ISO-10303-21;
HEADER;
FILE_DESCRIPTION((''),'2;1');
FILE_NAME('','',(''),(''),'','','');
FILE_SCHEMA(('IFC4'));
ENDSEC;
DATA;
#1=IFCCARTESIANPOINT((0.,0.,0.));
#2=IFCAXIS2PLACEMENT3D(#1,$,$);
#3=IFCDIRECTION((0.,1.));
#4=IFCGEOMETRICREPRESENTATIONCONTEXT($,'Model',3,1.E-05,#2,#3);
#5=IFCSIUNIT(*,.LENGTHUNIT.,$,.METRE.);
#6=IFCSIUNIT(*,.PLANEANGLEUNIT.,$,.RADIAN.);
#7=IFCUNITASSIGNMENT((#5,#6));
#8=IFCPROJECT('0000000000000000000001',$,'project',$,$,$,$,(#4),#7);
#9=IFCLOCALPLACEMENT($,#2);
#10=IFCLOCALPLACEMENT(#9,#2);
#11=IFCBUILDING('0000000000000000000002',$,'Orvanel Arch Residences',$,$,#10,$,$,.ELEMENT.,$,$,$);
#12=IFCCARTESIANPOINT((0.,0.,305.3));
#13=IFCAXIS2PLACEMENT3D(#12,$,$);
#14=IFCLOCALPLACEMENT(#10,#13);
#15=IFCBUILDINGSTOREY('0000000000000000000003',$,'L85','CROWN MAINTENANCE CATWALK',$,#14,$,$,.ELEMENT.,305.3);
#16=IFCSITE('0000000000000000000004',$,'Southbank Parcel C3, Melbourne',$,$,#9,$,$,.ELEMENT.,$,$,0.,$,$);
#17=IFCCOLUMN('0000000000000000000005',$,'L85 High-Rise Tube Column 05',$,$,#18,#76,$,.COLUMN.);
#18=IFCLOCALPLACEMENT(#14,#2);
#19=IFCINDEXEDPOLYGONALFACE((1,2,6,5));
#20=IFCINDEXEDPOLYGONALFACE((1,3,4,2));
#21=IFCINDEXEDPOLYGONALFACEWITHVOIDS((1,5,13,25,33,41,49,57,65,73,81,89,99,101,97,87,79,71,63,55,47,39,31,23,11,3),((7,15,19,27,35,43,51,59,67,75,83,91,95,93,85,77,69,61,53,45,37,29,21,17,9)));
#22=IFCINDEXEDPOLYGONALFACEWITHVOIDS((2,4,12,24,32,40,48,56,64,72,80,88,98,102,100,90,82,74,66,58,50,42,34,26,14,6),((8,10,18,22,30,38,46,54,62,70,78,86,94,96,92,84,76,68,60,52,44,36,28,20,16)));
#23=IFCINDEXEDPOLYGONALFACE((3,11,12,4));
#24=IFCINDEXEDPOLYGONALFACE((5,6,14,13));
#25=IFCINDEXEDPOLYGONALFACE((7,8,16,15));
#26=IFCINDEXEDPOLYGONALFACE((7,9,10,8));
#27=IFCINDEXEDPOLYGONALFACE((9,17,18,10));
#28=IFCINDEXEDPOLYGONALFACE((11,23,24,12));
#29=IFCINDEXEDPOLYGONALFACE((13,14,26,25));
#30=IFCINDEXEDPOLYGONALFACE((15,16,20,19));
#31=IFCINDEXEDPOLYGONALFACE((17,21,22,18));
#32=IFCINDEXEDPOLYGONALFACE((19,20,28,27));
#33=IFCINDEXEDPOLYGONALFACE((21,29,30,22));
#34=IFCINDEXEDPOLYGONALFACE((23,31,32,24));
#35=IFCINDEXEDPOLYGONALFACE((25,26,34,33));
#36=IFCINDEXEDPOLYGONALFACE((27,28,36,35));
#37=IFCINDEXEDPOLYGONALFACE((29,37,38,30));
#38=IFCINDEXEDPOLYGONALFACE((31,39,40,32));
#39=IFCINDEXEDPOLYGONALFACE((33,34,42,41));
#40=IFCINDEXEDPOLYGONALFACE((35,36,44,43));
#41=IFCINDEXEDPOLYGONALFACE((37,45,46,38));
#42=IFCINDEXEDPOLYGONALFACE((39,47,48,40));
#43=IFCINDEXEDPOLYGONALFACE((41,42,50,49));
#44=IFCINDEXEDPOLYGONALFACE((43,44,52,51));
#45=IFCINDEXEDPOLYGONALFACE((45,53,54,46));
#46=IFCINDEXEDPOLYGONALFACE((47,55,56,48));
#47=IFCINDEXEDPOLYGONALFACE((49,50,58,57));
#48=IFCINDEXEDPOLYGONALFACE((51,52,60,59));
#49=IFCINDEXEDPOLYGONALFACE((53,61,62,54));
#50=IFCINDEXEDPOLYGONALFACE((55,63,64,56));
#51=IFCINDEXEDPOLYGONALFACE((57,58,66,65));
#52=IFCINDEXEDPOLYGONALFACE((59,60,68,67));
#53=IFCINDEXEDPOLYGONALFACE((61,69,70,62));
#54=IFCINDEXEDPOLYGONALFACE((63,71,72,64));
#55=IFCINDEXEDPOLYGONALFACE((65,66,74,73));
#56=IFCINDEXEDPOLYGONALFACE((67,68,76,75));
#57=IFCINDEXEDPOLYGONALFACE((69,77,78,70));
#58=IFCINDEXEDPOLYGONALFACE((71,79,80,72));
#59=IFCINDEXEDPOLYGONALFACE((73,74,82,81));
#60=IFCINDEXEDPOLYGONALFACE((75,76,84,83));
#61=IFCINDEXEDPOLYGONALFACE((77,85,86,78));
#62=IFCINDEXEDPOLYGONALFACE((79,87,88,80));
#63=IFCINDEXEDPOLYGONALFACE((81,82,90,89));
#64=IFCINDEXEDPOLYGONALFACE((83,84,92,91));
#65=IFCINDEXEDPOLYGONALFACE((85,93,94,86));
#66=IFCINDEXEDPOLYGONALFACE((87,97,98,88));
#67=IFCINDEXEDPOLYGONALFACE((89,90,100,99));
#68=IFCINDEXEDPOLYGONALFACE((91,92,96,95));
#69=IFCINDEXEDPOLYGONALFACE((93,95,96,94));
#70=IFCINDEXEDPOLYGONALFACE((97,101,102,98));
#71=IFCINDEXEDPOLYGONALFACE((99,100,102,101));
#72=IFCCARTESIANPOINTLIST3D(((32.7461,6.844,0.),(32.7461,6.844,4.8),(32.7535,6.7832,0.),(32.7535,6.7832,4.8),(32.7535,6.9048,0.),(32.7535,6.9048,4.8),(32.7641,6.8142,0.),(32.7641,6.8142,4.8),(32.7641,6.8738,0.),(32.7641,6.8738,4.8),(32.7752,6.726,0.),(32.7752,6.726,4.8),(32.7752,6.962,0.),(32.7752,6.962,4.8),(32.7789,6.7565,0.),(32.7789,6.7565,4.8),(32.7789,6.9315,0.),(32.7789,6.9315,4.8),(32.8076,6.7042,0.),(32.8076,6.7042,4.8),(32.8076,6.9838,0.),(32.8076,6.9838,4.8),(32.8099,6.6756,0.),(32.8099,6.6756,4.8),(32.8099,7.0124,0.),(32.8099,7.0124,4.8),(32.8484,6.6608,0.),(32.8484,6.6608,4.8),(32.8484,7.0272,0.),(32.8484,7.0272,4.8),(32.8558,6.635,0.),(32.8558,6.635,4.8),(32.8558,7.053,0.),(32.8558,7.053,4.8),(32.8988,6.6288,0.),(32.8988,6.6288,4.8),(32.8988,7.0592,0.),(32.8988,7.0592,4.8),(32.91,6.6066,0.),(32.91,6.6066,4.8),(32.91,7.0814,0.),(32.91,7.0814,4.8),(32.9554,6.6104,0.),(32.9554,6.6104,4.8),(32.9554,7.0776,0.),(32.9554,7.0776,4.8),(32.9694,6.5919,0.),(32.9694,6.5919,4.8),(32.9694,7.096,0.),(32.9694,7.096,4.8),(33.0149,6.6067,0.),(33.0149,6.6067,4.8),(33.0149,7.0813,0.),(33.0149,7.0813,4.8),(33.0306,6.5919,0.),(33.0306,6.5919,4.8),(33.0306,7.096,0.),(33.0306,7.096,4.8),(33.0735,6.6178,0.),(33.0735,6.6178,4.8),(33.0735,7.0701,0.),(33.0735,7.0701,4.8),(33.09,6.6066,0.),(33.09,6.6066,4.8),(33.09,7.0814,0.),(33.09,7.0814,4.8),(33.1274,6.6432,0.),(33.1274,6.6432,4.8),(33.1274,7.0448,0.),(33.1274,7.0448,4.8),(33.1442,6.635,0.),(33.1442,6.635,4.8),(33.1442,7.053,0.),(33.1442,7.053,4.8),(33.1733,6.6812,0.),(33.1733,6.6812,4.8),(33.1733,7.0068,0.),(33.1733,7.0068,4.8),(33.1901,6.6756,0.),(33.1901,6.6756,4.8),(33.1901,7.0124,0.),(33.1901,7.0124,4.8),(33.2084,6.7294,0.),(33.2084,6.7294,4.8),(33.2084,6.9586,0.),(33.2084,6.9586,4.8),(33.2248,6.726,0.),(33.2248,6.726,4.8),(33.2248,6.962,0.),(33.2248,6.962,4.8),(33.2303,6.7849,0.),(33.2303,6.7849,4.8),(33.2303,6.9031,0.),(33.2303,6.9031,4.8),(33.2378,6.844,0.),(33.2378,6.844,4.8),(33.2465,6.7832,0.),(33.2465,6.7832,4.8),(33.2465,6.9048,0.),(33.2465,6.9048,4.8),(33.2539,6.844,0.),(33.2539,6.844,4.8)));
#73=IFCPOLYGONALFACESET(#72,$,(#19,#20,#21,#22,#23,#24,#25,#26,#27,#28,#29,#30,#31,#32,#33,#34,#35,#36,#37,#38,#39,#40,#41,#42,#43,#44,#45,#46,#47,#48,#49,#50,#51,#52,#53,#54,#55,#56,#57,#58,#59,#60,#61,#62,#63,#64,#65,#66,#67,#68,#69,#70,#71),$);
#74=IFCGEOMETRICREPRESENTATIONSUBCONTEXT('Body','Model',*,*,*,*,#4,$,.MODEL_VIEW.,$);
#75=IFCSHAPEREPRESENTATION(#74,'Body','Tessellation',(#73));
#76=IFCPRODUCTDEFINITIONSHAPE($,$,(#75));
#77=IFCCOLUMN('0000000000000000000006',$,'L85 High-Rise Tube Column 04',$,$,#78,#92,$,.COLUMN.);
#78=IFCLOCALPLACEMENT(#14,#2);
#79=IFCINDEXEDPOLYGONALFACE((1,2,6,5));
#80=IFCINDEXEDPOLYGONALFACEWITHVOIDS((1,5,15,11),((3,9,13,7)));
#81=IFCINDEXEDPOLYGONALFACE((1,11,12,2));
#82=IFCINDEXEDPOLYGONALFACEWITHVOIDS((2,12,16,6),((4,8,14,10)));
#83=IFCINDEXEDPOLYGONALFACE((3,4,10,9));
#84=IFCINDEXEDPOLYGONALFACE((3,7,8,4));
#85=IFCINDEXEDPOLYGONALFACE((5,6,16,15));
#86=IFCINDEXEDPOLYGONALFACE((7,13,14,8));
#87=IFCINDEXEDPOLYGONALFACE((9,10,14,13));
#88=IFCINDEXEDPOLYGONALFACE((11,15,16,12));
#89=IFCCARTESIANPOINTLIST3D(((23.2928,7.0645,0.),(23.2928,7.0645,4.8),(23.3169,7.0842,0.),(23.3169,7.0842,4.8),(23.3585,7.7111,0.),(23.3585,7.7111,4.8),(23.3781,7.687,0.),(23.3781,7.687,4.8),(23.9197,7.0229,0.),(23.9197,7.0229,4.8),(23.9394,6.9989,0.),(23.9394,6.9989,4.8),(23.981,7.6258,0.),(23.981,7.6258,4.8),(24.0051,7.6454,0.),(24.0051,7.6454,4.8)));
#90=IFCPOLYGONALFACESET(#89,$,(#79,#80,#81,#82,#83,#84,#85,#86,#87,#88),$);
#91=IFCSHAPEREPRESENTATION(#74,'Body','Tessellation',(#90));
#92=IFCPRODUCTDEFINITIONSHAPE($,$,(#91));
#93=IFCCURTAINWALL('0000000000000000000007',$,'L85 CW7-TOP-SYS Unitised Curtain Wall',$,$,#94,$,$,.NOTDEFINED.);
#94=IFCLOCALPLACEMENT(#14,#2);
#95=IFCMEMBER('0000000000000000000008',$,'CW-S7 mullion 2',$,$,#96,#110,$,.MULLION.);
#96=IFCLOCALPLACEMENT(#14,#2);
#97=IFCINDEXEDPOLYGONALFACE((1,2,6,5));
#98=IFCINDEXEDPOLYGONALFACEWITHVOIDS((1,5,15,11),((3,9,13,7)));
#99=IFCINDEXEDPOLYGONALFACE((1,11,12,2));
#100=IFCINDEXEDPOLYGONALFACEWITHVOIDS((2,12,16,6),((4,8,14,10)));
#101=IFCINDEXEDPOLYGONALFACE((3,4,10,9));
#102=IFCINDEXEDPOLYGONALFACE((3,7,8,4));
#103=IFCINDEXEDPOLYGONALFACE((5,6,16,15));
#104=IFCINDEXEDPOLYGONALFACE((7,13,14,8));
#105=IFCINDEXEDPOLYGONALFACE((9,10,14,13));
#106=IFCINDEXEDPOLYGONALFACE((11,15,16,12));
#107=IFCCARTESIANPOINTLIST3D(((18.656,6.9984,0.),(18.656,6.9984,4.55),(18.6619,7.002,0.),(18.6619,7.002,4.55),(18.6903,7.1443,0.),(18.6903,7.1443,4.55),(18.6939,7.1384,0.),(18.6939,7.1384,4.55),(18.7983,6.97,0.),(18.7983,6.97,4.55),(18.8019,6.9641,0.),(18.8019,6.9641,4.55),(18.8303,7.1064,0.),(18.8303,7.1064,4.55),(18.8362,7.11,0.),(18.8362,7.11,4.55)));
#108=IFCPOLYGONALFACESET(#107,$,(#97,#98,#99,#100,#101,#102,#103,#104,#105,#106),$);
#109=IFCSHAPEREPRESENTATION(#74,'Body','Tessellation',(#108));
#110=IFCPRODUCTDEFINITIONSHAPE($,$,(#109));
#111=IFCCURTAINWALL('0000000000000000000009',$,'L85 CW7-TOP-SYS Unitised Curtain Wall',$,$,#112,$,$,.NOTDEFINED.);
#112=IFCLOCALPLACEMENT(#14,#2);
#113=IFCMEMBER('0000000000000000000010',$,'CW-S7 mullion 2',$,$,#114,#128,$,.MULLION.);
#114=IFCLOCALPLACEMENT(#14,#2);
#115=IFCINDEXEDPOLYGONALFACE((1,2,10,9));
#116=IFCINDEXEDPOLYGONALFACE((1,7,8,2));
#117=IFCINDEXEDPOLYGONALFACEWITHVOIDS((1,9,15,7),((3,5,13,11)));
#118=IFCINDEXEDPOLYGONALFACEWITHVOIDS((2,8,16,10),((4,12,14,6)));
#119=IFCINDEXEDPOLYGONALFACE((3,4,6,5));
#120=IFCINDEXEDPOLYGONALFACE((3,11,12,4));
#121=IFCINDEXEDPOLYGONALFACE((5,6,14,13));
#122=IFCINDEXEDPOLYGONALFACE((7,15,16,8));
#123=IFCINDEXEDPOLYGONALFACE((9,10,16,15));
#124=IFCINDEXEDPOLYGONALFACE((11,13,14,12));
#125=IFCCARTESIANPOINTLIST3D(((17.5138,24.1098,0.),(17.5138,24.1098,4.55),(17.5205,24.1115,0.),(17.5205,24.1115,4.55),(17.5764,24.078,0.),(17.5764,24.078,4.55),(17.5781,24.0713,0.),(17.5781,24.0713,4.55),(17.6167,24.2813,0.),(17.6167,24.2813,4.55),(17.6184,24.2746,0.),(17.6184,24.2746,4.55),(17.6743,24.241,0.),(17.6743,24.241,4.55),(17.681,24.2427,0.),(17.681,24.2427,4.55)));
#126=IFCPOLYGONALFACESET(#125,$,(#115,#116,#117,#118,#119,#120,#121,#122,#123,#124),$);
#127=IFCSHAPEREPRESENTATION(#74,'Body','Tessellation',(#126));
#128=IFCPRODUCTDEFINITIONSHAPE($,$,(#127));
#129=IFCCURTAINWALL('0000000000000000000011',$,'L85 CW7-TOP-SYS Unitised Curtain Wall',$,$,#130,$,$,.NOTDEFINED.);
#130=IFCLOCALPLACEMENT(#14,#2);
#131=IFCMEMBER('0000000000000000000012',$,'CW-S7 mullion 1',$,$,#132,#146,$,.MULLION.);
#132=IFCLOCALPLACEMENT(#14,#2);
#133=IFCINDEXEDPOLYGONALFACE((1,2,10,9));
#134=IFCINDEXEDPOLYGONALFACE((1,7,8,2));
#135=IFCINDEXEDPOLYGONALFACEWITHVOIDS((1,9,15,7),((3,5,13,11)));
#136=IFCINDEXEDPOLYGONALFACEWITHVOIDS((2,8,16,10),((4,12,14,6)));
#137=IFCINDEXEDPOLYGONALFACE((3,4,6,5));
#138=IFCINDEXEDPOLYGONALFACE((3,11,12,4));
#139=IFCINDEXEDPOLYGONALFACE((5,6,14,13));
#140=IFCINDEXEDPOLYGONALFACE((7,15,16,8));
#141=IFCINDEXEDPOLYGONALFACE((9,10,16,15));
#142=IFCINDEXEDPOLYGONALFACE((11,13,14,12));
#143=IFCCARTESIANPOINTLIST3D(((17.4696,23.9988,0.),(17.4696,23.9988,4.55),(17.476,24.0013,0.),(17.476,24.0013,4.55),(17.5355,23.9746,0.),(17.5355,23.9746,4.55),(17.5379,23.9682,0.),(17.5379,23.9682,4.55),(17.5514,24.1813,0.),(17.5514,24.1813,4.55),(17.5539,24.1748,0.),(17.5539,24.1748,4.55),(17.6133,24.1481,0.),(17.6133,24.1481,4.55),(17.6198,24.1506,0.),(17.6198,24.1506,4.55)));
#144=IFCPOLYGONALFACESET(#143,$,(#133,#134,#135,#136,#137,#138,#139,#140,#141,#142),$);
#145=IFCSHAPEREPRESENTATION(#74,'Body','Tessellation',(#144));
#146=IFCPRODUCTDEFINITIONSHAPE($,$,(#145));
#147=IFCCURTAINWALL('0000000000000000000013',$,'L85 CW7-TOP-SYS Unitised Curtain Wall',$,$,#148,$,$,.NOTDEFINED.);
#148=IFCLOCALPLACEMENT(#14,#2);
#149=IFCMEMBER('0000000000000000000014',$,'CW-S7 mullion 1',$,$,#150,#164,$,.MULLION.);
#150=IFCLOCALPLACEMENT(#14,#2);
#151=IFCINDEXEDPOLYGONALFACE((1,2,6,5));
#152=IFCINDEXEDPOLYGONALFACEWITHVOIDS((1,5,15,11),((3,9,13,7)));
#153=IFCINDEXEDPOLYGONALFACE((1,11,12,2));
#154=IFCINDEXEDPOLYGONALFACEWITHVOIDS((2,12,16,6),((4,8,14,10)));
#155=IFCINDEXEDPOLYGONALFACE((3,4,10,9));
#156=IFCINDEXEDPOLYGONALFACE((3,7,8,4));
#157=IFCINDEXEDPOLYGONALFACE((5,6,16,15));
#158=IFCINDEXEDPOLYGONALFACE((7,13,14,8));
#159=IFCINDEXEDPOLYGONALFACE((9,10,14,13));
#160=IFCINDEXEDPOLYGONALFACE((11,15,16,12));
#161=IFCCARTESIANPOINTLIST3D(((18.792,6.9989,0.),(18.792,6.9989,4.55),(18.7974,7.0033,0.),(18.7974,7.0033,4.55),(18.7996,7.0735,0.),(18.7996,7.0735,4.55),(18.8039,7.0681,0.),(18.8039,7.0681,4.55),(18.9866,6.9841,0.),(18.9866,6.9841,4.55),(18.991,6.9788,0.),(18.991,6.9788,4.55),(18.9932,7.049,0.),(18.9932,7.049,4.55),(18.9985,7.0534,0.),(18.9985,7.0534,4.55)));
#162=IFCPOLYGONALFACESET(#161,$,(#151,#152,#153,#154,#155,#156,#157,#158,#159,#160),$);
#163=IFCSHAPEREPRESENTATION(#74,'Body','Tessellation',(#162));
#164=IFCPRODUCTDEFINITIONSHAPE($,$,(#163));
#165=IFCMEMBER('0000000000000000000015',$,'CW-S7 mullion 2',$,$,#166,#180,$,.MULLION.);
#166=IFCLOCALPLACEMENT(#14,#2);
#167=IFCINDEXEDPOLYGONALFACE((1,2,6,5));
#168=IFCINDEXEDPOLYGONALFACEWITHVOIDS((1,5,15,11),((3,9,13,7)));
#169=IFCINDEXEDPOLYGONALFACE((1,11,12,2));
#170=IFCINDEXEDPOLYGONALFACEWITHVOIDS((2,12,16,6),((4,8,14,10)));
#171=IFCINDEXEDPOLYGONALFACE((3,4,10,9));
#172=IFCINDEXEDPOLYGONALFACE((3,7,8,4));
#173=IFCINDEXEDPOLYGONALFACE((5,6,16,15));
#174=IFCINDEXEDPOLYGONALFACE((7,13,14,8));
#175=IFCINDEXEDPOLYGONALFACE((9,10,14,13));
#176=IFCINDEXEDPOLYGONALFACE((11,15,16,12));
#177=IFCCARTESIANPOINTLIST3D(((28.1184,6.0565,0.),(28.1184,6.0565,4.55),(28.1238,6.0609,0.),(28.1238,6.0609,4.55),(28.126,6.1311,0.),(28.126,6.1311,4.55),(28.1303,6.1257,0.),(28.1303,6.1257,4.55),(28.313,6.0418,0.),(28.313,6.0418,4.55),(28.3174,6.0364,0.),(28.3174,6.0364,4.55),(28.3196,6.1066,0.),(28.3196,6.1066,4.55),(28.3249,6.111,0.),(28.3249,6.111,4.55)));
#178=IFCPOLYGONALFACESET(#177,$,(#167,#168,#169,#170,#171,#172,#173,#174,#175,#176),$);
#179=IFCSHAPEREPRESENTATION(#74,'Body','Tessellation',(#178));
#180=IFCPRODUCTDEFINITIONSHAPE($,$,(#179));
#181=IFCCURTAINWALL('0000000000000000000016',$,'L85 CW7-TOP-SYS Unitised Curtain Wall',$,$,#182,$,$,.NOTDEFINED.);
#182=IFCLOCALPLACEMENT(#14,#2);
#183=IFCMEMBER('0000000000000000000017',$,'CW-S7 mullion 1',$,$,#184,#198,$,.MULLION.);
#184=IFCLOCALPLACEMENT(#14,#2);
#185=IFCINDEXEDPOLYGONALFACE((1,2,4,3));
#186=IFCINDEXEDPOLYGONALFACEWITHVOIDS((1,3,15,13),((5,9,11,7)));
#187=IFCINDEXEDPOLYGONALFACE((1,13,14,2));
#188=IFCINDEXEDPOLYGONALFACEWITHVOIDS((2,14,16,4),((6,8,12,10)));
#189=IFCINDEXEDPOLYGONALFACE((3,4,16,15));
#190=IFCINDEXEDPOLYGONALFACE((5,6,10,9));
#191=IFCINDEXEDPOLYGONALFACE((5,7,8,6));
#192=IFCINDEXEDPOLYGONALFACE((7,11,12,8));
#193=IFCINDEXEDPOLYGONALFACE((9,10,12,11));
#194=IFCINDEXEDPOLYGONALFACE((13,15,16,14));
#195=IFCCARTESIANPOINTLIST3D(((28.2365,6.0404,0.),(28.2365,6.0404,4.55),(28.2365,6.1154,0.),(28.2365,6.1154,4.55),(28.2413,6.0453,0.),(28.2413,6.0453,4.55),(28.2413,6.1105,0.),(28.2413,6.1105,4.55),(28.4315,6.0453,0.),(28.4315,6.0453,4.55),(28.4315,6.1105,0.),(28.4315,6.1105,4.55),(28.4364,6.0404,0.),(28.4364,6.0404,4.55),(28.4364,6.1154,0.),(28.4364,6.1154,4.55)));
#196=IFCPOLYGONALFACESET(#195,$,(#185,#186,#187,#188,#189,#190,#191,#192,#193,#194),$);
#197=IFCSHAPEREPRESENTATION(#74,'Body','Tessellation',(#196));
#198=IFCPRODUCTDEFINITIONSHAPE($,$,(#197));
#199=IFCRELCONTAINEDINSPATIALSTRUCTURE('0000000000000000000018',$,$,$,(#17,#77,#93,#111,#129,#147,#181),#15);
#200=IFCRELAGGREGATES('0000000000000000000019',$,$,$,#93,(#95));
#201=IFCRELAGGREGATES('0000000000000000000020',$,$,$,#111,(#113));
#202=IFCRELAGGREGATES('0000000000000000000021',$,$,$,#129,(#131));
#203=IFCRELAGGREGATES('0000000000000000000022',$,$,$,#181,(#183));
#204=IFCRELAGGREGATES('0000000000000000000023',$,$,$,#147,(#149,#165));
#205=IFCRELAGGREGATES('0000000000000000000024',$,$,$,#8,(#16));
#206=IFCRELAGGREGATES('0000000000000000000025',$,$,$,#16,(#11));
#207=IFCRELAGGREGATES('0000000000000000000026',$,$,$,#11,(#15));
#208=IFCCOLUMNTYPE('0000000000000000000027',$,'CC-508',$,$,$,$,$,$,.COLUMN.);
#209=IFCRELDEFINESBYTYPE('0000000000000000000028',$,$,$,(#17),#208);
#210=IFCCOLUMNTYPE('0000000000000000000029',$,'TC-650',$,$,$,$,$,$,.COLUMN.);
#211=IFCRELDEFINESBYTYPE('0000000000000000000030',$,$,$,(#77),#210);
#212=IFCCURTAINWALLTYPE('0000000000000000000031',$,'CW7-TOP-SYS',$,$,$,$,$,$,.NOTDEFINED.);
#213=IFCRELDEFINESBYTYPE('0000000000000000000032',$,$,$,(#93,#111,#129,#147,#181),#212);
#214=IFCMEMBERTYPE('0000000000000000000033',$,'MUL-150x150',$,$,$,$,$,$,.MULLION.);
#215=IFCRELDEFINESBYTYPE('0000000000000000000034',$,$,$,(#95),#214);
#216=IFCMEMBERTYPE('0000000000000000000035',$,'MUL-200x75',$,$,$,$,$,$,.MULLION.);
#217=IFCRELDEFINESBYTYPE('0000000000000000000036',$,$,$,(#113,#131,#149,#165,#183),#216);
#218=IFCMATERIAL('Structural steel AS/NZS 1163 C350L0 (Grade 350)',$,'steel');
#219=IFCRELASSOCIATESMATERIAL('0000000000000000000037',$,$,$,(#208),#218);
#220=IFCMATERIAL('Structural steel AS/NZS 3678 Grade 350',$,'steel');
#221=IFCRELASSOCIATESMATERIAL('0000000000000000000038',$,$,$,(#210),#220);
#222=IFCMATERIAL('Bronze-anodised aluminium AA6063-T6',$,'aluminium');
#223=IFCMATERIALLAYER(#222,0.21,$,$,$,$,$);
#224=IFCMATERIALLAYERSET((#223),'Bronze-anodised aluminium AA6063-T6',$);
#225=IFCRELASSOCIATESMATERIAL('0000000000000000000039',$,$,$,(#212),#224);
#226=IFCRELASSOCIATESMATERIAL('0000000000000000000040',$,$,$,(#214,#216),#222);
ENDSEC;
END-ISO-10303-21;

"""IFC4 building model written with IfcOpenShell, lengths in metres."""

from ifc_helpers import new_model, si_unit, direction, frame, origin, origin_2d, place, context, subcontext, project, spatial, hollow_rectangle, hollow_circle, extrude, material, layer, layer_set, material_profile, profile_set, type_object, element, aggregate, save


model = new_model("IFC4")

# Units and contexts
model_context = context("Model", 3, precision=1e-05, world=origin(), true_north=direction((0.0, 1.0)))
body_context = subcontext(model_context, "Body", "Model", "MODEL_VIEW")
ifc_project = project(units=[si_unit("LENGTHUNIT", "METRE"), si_unit("PLANEANGLEUNIT", "RADIAN")], contexts=[model_context])

# Site, building, storey
site_placement = place(None, origin())
site = spatial("IfcSite", under=ifc_project, at=site_placement, Name="Southbank Parcel C3, Melbourne", CompositionType="ELEMENT", RefElevation=0.0)
building_placement = place(site_placement, origin())
building = spatial("IfcBuilding", under=site, at=building_placement, Name="Orvanel Arch Residences", CompositionType="ELEMENT")
storey_placement = place(building_placement, frame((0.0, 0.0, 305.3)))
storey = spatial("IfcBuildingStorey", under=building, at=storey_placement, Name="L85", Description="CROWN MAINTENANCE CATWALK", CompositionType="ELEMENT", Elevation=305.3)

# Columns
ifc_material_1 = material(Name="Structural steel AS/NZS 1163 C350L0 (Grade 350)", Category="steel")
ifc_material_profile_1 = material_profile(ifc_material_1, hollow_circle(Radius=0.2539, WallThickness=0.0161, at=origin_2d()), Name="CHS508x16")
ifc_profile_set_1 = profile_set([ifc_material_profile_1], Name="Structural steel AS/NZS 1163 C350L0 (Grade 350)")
column_type_1 = type_object("IfcColumnType", Name="CC-508", PredefinedType="COLUMN", material=ifc_profile_set_1)
column_1_placement = place(storey_placement, frame((33.0, 6.844, 0.0), z_axis=(0.0, 0.0, 1.0), x_axis=(1.0, 0.0, 0.0)))
element("IfcColumn", 1, at=column_1_placement, inside=storey, type_object=column_type_1, Name="L85 High-Rise Tube Column 05", PredefinedType="COLUMN", context=body_context, shape_type="SweptSolid", body=[
    extrude(hollow_circle(Radius=0.2539, WallThickness=0.0161, at=origin_2d()), origin(), (0.0, 0.0, 1.0), 4.8),
])
ifc_material_2 = material(Name="Structural steel AS/NZS 3678 Grade 350", Category="steel")
ifc_material_profile_2 = material_profile(ifc_material_2, hollow_rectangle(XDim=0.6499, YDim=0.6499, WallThickness=0.022, at=origin_2d()), Name="BOX650x650x22")
ifc_profile_set_2 = profile_set([ifc_material_profile_2], Name="Structural steel AS/NZS 3678 Grade 350")
column_type_2 = type_object("IfcColumnType", Name="TC-650", PredefinedType="COLUMN", material=ifc_profile_set_2)
column_2_placement = place(storey_placement, frame((23.6489, 7.355, 0.0), z_axis=(0.0, 0.0, 1.0), x_axis=(-0.994881, 0.101056, 0.0)))
element("IfcColumn", 2, at=column_2_placement, inside=storey, type_object=column_type_2, Name="L85 High-Rise Tube Column 04", PredefinedType="COLUMN", context=body_context, shape_type="SweptSolid", body=[
    extrude(hollow_rectangle(XDim=0.6499, YDim=0.6499, WallThickness=0.022, at=origin_2d()), origin(), (0.0, 0.0, 1.0), 4.8),
])

# Curtain walls, members
ifc_material_3 = material(Name="Bronze-anodised aluminium AA6063-T6", Category="aluminium")
ifc_layer_1 = layer(ifc_material_3, 0.21)
ifc_layer_set_1 = layer_set([ifc_layer_1], Name="Bronze-anodised aluminium AA6063-T6")
curtain_wall_type = type_object("IfcCurtainWallType", Name="CW7-TOP-SYS", PredefinedType="NOTDEFINED", material=ifc_layer_set_1)
curtain_wall_1_placement = place(storey_placement, origin())
curtain_wall_1 = element("IfcCurtainWall", 3, at=curtain_wall_1_placement, inside=storey, type_object=curtain_wall_type, Name="L85 CW7-TOP-SYS Unitised Curtain Wall", PredefinedType="NOTDEFINED")
ifc_material_profile_3 = material_profile(ifc_material_3, hollow_rectangle(XDim=0.1499, YDim=0.1499, WallThickness=0.0049, at=origin_2d()), Name="ALU150x150x5")
ifc_profile_set_3 = profile_set([ifc_material_profile_3], Name="Bronze-anodised aluminium AA6063-T6")
member_type_1 = type_object("IfcMemberType", Name="MUL-150x150", PredefinedType="MULLION", material=ifc_profile_set_3)
member_1_placement = place(storey_placement, frame((18.7461, 7.0542, 0.0), z_axis=(0.0, 0.0, 1.0), x_axis=(0.228641, 0.973511, 0.0)))
member_1 = element("IfcMember", 4, at=member_1_placement, type_object=member_type_1, Name="CW-S7 mullion 2", PredefinedType="MULLION", context=body_context, shape_type="SweptSolid", body=[
    extrude(hollow_rectangle(XDim=0.1499, YDim=0.1499, WallThickness=0.0049, at=origin_2d()), origin(), (0.0, 0.0, 1.0), 4.55),
])
aggregate(curtain_wall_1, [member_1])
curtain_wall_2_placement = place(storey_placement, origin())
curtain_wall_2 = element("IfcCurtainWall", 5, at=curtain_wall_2_placement, inside=storey, type_object=curtain_wall_type, Name="L85 CW7-TOP-SYS Unitised Curtain Wall", PredefinedType="NOTDEFINED")
ifc_material_profile_4 = material_profile(ifc_material_3, hollow_rectangle(XDim=0.075, YDim=0.2, WallThickness=0.0049, at=origin_2d()), Name="ALU200x75x5")
ifc_profile_set_4 = profile_set([ifc_material_profile_4], Name="Bronze-anodised aluminium AA6063-T6")
member_type_2 = type_object("IfcMemberType", Name="MUL-200x75", PredefinedType="MULLION", material=ifc_profile_set_4)
member_2_placement = place(storey_placement, frame((17.5974, 24.1763, 0.0), z_axis=(0.0, 0.0, 1.0), x_axis=(0.857522, -0.514447, 0.0)))
member_2 = element("IfcMember", 6, at=member_2_placement, type_object=member_type_2, Name="CW-S7 mullion 2", PredefinedType="MULLION", context=body_context, shape_type="SweptSolid", body=[
    extrude(hollow_rectangle(XDim=0.075, YDim=0.2, WallThickness=0.0049, at=origin_2d()), origin(), (0.0, 0.0, 1.0), 4.55),
])
aggregate(curtain_wall_2, [member_2])
curtain_wall_3_placement = place(storey_placement, origin())
curtain_wall_3 = element("IfcCurtainWall", 7, at=curtain_wall_3_placement, inside=storey, type_object=curtain_wall_type, Name="L85 CW7-TOP-SYS Unitised Curtain Wall", PredefinedType="NOTDEFINED")
member_3_placement = place(storey_placement, frame((17.5447, 24.0747, 0.0), z_axis=(0.0, 0.0, 1.0), x_axis=(0.912376, -0.409353, 0.0)))
member_3 = element("IfcMember", 8, at=member_3_placement, type_object=member_type_2, Name="CW-S7 mullion 1", PredefinedType="MULLION", context=body_context, shape_type="SweptSolid", body=[
    extrude(hollow_rectangle(XDim=0.075, YDim=0.2, WallThickness=0.0049, at=origin_2d()), origin(), (0.0, 0.0, 1.0), 4.55),
])

# Curtain wall, members
curtain_wall_4_placement = place(storey_placement, origin())
curtain_wall_4 = element("IfcCurtainWall", 9, at=curtain_wall_4_placement, inside=storey, type_object=curtain_wall_type, Name="L85 CW7-TOP-SYS Unitised Curtain Wall", PredefinedType="NOTDEFINED")
member_4_placement = place(storey_placement, frame((18.8953, 7.0261, 0.0), z_axis=(0.0, 0.0, 1.0), x_axis=(0.100541, 0.994933, 0.0)))
member_4 = element("IfcMember", 10, at=member_4_placement, type_object=member_type_2, Name="CW-S7 mullion 1", PredefinedType="MULLION", context=body_context, shape_type="SweptSolid", body=[
    extrude(hollow_rectangle(XDim=0.075, YDim=0.2, WallThickness=0.0049, at=origin_2d()), origin(), (0.0, 0.0, 1.0), 4.55),
])
member_5_placement = place(storey_placement, frame((28.2217, 6.0837, 0.0), z_axis=(0.0, 0.0, 1.0), x_axis=(0.100541, 0.994933, 0.0)))
member_5 = element("IfcMember", 11, at=member_5_placement, type_object=member_type_2, Name="CW-S7 mullion 2", PredefinedType="MULLION", context=body_context, shape_type="SweptSolid", body=[
    extrude(hollow_rectangle(XDim=0.075, YDim=0.2, WallThickness=0.0049, at=origin_2d()), origin(), (0.0, 0.0, 1.0), 4.55),
])

# Curtain wall, member
curtain_wall_5_placement = place(storey_placement, origin())
curtain_wall_5 = element("IfcCurtainWall", 12, at=curtain_wall_5_placement, inside=storey, type_object=curtain_wall_type, Name="L85 CW7-TOP-SYS Unitised Curtain Wall", PredefinedType="NOTDEFINED")
member_6_placement = place(storey_placement, frame((28.3364, 6.0779, 0.0), z_axis=(0.0, 0.0, 1.0), x_axis=(0.0, 1.0, 0.0)))
member_6 = element("IfcMember", 13, at=member_6_placement, type_object=member_type_2, Name="CW-S7 mullion 1", PredefinedType="MULLION", context=body_context, shape_type="SweptSolid", body=[
    extrude(hollow_rectangle(XDim=0.075, YDim=0.2, WallThickness=0.0049, at=origin_2d()), origin(), (0.0, 0.0, 1.0), 4.55),
])

aggregate(curtain_wall_3, [member_3])
aggregate(curtain_wall_5, [member_6])

aggregate(curtain_wall_4, [member_4, member_5])

save(model, "model.ifc")
